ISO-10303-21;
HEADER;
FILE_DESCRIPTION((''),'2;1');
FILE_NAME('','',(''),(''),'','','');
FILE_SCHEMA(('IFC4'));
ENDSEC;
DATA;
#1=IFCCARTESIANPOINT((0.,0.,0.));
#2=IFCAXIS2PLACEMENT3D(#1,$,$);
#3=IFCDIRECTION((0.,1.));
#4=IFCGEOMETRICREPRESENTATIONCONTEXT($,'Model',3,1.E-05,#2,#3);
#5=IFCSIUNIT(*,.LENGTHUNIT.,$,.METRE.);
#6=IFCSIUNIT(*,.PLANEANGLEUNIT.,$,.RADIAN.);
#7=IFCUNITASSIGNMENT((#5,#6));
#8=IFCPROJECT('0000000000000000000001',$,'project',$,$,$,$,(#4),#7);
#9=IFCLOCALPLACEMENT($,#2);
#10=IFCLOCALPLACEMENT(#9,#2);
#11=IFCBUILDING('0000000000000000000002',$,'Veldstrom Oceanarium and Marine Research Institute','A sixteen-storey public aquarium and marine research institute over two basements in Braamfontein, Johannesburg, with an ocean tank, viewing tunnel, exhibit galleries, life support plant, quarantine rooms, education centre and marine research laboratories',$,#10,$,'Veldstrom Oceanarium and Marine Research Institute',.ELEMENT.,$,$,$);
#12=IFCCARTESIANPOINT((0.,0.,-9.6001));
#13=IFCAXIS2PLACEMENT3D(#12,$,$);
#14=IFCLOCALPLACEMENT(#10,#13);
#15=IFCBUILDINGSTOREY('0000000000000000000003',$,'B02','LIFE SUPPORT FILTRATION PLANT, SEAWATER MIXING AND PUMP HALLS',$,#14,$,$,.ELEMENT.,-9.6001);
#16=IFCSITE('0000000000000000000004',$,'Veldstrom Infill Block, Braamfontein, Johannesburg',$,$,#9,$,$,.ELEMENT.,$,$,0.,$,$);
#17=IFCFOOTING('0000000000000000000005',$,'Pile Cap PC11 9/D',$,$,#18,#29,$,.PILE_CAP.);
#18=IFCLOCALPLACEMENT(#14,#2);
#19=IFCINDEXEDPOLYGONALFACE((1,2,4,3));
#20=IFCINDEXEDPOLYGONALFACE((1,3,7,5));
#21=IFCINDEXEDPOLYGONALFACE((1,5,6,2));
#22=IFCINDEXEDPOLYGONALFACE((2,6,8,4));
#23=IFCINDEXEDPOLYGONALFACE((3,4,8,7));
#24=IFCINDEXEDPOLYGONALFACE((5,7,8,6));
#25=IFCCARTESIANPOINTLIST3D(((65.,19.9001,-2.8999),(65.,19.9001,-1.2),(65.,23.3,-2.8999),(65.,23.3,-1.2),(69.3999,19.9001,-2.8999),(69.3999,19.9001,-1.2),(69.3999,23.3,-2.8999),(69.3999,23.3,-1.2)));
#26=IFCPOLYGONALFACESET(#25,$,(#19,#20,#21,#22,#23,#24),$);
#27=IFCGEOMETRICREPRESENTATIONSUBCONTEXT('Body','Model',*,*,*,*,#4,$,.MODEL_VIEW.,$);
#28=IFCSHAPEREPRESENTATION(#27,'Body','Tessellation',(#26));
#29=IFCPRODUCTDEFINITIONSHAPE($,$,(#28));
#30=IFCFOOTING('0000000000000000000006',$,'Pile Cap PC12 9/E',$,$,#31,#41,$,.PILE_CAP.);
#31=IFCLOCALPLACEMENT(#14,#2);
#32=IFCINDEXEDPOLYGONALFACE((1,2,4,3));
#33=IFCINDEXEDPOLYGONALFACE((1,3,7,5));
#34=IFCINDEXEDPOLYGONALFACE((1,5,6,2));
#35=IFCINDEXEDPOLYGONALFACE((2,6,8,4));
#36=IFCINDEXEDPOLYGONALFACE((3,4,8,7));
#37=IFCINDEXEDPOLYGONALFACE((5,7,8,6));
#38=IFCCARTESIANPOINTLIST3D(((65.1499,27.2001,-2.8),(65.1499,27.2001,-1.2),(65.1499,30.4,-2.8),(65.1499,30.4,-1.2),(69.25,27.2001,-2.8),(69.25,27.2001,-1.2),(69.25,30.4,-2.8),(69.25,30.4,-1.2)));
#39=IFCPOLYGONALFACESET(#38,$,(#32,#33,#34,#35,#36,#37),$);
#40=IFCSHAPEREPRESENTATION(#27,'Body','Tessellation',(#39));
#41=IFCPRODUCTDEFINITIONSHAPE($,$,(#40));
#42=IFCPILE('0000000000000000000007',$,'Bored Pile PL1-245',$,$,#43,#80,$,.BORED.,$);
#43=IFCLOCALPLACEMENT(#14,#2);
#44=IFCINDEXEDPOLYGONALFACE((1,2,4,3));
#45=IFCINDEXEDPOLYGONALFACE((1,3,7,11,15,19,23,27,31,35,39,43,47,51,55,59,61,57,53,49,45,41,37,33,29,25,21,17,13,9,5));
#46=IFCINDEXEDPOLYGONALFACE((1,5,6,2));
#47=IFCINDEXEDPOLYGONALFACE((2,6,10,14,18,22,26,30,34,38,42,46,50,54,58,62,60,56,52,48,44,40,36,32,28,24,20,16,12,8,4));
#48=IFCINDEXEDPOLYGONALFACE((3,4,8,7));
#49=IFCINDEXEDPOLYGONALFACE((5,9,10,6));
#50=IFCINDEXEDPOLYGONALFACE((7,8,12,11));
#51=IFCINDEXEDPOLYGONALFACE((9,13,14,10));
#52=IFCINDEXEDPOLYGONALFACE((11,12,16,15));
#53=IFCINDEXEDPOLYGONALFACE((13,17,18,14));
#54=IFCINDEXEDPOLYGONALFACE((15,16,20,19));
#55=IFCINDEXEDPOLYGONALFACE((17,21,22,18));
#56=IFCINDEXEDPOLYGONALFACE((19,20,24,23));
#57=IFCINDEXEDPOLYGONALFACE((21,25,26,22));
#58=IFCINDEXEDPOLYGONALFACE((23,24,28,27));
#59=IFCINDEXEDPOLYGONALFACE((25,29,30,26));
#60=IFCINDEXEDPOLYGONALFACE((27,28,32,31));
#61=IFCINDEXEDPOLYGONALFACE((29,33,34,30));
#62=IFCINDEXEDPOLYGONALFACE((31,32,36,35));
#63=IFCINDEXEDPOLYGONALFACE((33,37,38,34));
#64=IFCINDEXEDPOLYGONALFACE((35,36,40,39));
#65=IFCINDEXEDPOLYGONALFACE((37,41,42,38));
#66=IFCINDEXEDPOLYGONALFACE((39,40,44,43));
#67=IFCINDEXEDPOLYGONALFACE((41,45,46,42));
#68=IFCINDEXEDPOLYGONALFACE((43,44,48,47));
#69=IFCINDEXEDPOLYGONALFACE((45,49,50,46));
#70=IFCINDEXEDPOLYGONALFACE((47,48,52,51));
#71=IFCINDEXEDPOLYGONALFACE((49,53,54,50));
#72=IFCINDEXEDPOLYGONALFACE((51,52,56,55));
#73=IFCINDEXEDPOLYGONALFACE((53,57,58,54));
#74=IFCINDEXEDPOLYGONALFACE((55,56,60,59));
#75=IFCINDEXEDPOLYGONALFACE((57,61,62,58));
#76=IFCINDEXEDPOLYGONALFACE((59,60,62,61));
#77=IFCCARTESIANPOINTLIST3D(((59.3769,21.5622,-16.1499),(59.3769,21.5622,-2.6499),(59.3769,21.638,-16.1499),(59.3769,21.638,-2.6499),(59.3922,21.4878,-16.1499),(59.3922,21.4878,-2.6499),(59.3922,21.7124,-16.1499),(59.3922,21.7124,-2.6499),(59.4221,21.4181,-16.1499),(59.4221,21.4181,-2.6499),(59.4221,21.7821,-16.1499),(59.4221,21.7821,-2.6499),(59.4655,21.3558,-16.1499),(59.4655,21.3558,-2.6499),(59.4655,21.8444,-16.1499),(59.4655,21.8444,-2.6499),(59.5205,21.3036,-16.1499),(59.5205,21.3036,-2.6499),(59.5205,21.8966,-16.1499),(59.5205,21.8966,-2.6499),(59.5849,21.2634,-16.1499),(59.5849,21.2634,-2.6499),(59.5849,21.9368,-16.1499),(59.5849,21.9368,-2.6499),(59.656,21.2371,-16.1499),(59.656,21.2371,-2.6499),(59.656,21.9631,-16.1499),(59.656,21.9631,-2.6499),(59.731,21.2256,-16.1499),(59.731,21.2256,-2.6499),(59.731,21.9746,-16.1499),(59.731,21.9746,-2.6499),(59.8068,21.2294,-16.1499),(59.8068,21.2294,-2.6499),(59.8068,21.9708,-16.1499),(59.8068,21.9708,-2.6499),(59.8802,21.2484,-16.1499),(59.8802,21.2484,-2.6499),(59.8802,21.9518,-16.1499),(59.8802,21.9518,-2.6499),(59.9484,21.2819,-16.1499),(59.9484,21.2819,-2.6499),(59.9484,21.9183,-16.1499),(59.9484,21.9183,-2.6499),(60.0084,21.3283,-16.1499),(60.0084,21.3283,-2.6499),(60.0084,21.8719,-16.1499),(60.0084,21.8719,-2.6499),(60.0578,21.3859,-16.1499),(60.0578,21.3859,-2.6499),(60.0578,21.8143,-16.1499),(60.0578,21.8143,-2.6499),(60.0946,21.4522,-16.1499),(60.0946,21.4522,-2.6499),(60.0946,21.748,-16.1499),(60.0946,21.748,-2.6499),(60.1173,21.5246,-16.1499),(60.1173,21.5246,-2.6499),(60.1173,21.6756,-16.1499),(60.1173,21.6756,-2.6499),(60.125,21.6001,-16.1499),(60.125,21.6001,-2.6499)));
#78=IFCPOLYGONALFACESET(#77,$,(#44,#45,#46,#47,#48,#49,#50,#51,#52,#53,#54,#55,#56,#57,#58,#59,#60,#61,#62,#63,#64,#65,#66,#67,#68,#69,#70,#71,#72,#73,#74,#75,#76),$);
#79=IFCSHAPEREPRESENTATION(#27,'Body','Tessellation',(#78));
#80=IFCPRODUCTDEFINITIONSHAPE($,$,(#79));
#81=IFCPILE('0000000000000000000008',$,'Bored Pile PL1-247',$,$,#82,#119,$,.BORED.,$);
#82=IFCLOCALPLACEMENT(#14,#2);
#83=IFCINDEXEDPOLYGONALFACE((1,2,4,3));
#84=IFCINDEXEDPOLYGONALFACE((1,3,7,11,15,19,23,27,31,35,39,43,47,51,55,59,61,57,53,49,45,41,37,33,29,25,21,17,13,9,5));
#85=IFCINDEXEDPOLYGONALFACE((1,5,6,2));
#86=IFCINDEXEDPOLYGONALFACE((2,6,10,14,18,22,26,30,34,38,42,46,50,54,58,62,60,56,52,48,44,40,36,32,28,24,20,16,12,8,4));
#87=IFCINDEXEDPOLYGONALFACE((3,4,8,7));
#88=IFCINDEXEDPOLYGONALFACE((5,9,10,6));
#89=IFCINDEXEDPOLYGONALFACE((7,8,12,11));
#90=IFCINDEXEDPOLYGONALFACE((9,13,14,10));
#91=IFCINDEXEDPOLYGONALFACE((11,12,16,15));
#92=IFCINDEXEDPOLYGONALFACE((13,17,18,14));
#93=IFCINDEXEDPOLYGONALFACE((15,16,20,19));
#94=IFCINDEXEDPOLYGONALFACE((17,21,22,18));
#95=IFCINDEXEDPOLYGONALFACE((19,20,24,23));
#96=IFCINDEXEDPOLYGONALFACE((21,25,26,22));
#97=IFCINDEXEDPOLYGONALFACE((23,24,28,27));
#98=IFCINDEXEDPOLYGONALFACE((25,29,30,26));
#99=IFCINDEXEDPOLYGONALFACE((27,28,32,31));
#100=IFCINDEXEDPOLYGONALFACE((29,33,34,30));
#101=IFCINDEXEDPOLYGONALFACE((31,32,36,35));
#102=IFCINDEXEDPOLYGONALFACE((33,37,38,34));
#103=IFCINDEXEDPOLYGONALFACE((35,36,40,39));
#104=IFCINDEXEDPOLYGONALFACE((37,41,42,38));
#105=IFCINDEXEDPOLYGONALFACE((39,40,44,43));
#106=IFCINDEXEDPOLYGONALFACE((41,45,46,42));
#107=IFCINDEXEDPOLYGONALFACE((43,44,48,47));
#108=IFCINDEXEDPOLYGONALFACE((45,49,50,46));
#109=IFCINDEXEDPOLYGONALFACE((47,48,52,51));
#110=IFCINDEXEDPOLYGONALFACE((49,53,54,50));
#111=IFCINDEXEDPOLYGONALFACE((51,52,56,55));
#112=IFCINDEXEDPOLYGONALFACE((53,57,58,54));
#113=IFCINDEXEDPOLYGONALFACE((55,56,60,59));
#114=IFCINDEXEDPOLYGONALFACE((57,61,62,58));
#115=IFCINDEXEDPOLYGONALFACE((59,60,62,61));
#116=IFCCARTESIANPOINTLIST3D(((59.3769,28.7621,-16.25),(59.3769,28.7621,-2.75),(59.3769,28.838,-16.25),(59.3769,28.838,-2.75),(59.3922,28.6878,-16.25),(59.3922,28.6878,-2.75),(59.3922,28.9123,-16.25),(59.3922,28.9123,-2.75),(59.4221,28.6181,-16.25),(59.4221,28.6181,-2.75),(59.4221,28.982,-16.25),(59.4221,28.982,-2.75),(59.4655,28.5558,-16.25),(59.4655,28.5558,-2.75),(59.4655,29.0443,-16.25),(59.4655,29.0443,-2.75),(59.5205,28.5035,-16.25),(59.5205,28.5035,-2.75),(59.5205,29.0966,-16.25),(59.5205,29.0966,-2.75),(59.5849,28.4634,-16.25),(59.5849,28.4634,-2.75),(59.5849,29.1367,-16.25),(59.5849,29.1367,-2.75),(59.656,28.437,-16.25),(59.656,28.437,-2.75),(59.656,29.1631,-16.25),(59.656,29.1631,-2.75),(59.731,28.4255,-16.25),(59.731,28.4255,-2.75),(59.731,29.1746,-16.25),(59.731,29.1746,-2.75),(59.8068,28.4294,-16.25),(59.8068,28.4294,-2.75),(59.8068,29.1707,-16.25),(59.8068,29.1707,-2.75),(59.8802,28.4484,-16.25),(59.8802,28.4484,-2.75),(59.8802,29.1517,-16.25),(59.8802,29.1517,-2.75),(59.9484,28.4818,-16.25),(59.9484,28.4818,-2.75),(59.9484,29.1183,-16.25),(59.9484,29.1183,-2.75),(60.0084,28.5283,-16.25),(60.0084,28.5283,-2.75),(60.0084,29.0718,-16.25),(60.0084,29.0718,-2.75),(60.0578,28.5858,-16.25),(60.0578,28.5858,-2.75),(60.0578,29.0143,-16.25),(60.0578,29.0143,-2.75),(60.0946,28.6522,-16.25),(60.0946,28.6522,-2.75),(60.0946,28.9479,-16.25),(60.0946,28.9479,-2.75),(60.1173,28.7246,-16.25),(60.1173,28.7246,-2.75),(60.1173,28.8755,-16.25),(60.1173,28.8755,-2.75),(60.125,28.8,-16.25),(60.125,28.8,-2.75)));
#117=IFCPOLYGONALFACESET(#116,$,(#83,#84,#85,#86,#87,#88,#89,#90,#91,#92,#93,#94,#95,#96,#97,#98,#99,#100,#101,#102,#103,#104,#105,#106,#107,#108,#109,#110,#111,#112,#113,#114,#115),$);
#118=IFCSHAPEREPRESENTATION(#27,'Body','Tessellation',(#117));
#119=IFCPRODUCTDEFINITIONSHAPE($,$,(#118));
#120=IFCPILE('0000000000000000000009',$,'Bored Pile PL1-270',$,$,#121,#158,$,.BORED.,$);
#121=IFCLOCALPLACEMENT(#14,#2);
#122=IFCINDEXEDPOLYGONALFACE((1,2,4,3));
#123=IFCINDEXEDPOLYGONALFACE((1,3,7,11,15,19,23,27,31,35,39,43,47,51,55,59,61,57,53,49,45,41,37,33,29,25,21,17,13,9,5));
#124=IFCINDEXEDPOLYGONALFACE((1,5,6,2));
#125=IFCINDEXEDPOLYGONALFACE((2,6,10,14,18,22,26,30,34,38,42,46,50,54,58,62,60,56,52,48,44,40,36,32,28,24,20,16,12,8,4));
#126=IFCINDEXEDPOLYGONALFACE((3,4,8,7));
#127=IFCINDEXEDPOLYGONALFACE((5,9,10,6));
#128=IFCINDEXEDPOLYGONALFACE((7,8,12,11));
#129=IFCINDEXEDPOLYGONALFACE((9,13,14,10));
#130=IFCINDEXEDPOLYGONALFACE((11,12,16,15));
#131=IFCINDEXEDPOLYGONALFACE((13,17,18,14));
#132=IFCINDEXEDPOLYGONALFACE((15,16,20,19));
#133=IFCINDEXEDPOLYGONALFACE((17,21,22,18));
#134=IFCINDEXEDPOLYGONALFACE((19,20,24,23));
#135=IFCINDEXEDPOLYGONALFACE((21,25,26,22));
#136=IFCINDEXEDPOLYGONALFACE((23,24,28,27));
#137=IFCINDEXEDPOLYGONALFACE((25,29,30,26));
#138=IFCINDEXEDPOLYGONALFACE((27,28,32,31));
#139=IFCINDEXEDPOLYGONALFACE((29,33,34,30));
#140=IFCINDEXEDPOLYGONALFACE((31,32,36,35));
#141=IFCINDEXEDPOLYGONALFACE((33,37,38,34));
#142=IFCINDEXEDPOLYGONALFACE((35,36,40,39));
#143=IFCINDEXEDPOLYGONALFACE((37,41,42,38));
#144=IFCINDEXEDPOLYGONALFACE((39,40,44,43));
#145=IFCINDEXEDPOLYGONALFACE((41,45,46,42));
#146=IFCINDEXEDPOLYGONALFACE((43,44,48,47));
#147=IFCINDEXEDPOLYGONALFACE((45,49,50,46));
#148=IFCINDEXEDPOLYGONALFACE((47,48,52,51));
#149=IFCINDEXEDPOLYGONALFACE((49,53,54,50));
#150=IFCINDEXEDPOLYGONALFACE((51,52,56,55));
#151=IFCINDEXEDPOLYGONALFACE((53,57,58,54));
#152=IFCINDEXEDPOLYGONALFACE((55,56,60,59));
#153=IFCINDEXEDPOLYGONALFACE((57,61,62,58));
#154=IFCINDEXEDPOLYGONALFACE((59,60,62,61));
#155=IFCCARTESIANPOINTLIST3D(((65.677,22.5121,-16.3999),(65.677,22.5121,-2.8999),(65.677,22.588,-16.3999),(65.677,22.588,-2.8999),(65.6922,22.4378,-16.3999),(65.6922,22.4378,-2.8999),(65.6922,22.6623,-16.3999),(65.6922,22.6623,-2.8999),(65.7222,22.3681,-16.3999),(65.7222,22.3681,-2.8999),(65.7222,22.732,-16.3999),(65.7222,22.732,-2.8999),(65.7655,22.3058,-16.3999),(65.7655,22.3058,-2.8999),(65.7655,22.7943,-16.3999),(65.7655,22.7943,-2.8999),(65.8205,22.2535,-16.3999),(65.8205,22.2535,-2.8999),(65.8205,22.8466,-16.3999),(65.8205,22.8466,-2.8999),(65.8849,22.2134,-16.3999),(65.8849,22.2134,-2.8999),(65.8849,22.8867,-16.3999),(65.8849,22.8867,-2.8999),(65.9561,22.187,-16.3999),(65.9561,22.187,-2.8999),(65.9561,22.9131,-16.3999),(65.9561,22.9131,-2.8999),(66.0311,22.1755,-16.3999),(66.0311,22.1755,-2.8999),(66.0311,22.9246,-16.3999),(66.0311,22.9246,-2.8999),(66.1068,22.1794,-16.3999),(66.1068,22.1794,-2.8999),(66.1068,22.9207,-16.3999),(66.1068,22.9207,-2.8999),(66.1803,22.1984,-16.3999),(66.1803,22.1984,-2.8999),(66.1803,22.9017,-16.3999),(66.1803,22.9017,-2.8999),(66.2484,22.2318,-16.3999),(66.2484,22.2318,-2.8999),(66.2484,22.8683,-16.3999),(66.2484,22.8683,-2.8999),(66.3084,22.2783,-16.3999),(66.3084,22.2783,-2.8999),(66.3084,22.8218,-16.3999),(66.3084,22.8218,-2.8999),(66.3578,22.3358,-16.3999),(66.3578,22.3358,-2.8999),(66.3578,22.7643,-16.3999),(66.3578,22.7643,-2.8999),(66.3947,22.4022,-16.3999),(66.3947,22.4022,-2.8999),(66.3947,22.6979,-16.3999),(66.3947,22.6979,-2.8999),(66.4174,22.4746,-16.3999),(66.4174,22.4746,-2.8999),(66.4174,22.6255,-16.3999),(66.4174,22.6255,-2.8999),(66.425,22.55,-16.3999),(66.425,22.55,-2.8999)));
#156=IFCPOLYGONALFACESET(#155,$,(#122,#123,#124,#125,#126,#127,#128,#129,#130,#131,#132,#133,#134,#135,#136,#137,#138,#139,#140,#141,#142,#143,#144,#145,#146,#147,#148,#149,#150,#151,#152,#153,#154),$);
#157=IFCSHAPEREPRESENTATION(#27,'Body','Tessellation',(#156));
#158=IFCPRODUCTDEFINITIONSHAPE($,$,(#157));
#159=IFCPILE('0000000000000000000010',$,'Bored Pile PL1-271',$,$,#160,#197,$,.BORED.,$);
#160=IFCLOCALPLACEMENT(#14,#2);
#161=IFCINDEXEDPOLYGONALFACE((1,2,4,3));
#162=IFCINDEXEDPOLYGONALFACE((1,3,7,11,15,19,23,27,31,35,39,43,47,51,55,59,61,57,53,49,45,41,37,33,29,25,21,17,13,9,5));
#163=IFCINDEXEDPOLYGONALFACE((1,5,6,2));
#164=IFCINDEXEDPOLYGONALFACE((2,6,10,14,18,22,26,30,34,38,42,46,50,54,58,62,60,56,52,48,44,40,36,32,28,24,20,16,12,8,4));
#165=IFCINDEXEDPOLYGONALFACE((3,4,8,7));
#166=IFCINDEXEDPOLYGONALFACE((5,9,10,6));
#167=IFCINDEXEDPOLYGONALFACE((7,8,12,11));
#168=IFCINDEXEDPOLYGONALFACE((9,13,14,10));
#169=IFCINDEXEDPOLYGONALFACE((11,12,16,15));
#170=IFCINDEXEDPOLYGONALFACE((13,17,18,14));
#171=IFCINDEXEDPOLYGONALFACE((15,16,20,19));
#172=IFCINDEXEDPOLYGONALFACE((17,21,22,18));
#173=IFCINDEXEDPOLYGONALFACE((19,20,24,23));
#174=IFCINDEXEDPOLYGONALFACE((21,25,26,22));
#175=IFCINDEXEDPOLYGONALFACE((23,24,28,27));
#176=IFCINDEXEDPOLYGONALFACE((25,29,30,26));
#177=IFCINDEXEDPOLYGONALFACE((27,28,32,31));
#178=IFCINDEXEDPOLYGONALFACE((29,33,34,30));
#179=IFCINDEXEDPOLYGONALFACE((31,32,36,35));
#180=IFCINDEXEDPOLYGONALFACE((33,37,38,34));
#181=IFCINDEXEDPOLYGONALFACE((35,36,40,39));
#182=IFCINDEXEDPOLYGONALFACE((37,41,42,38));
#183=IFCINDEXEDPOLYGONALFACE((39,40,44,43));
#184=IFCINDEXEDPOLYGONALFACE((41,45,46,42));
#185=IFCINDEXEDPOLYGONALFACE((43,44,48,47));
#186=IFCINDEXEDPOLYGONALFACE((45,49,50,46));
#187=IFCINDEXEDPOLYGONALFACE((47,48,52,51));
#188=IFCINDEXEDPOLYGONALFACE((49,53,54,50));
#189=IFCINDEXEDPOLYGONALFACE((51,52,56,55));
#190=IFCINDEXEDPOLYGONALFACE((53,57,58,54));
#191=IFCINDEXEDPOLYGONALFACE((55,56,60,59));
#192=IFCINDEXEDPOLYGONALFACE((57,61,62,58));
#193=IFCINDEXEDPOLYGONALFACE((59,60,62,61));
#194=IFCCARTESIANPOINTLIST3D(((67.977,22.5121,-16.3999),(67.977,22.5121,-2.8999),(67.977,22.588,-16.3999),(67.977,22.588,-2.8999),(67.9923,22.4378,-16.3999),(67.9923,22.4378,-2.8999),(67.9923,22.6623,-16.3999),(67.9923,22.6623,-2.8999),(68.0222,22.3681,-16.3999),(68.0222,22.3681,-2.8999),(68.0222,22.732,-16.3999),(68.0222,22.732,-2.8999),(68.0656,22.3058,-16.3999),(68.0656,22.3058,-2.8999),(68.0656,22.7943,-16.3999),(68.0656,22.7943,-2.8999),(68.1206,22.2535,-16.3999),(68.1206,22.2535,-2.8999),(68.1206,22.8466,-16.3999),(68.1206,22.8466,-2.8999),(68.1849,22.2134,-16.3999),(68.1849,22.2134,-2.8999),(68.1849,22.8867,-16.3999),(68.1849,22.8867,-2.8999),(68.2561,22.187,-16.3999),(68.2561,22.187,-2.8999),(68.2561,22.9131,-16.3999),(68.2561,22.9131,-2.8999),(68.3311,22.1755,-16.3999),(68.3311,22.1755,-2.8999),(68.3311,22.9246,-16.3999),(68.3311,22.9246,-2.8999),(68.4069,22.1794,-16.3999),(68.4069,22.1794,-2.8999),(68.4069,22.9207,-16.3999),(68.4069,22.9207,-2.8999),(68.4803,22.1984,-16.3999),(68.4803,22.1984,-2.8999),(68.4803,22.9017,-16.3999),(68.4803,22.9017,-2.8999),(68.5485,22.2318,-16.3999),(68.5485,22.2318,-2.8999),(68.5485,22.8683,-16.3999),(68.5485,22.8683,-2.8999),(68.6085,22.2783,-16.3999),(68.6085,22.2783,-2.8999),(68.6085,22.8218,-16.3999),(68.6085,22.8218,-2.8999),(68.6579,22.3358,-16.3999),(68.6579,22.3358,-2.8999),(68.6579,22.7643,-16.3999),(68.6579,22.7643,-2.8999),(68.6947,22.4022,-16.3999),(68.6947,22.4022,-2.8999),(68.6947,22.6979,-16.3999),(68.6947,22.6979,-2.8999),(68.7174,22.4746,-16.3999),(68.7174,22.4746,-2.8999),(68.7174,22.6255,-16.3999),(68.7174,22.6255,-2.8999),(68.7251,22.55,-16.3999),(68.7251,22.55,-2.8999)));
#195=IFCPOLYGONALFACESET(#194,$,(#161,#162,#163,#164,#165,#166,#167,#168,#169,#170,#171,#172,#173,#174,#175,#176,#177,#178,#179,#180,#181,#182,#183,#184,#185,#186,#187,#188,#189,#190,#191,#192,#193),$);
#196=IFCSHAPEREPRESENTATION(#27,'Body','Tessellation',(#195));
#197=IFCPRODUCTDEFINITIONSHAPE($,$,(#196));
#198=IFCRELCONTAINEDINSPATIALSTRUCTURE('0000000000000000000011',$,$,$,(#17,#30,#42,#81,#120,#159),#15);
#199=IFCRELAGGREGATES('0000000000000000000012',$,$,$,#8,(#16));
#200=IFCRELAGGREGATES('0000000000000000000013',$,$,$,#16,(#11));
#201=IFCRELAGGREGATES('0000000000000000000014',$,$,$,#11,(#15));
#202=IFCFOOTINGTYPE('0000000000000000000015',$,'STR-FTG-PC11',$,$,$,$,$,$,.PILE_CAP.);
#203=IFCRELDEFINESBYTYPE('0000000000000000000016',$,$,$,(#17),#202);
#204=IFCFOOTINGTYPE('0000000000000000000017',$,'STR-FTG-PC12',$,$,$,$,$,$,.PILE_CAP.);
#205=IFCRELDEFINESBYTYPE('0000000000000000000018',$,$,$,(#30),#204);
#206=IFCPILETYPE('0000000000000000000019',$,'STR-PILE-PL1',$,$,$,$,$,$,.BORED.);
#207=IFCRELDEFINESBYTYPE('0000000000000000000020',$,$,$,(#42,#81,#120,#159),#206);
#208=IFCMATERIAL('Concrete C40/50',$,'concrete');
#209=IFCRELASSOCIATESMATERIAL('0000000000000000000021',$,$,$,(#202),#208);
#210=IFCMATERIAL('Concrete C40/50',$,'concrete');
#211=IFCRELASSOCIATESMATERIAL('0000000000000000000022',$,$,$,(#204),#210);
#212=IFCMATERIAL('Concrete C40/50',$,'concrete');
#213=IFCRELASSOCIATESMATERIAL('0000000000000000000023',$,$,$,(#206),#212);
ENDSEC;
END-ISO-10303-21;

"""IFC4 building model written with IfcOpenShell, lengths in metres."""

from ifc_helpers import new_model, si_unit, direction, frame, origin, origin_2d, place, context, subcontext, project, spatial, rectangle, circle, extrude, material, material_profile, profile_set, type_object, element, save


model = new_model("IFC4")

# Units and contexts
model_context = context("Model", 3, precision=1e-05, world=origin(), true_north=direction((0.0, 1.0)))
body_context = subcontext(model_context, "Body", "Model", "MODEL_VIEW")
ifc_project = project(units=[si_unit("LENGTHUNIT", "METRE"), si_unit("PLANEANGLEUNIT", "RADIAN")], contexts=[model_context])

# Site, building, storey
site_placement = place(None, origin())
site = spatial("IfcSite", under=ifc_project, at=site_placement, Name="Veldstrom Infill Block, Braamfontein, Johannesburg", CompositionType="ELEMENT", RefElevation=0.0)
building_placement = place(site_placement, origin())
building = spatial("IfcBuilding", under=site, at=building_placement, Name="Veldstrom Oceanarium and Marine Research Institute", Description="A sixteen-storey public aquarium and marine research institute over two basements in Braamfontein, Johannesburg, with an ocean tank, viewing tunnel, exhibit galleries, life support plant, quarantine rooms, education centre and marine research laboratories", LongName="Veldstrom Oceanarium and Marine Research Institute", CompositionType="ELEMENT")
storey_placement = place(building_placement, frame((0.0, 0.0, -9.6001)))
storey = spatial("IfcBuildingStorey", under=building, at=storey_placement, Name="B02", Description="LIFE SUPPORT FILTRATION PLANT, SEAWATER MIXING AND PUMP HALLS", CompositionType="ELEMENT", Elevation=-9.6001)

# Footings
ifc_material_1 = material(Name="Concrete C40/50", Category="concrete")
footing_type_1 = type_object("IfcFootingType", Name="STR-FTG-PC11", PredefinedType="PILE_CAP", material=ifc_material_1)
footing_1_placement = place(storey_placement, frame((67.2, 21.6001, -2.8999), z_axis=(0.0, 0.0, 1.0), x_axis=(1.0, 0.0, 0.0)))
element("IfcFooting", 1, at=footing_1_placement, inside=storey, type_object=footing_type_1, Name="Pile Cap PC11 9/D", PredefinedType="PILE_CAP", context=body_context, shape_type="SweptSolid", body=[
    extrude(rectangle(XDim=4.3999, YDim=3.3999, at=origin_2d()), origin(), (0.0, 0.0, 1.0), 1.7),
])
ifc_material_2 = material(Name="Concrete C40/50", Category="concrete")
footing_type_2 = type_object("IfcFootingType", Name="STR-FTG-PC12", PredefinedType="PILE_CAP", material=ifc_material_2)
footing_2_placement = place(storey_placement, frame((67.2, 28.8, -2.8), z_axis=(0.0, 0.0, 1.0), x_axis=(1.0, 0.0, 0.0)))
element("IfcFooting", 2, at=footing_2_placement, inside=storey, type_object=footing_type_2, Name="Pile Cap PC12 9/E", PredefinedType="PILE_CAP", context=body_context, shape_type="SweptSolid", body=[
    extrude(rectangle(XDim=4.1001, YDim=3.2, at=origin_2d()), origin(), (0.0, 0.0, 1.0), 1.6001),
])

# Piles
ifc_material_3 = material(Name="Concrete C40/50", Category="concrete")
ifc_material_profile_1 = material_profile(ifc_material_3, circle(Radius=0.375, at=origin_2d()), Name="PILE-D750")
ifc_profile_set_1 = profile_set([ifc_material_profile_1], Name="Concrete C40/50")
pile_type = type_object("IfcPileType", Name="STR-PILE-PL1", PredefinedType="BORED", material=ifc_profile_set_1)
for number, where, z_axis, x_axis, name in (
    (3, (59.75, 21.6001, -2.6499), (0.0, 0.0, -1.0), (1.0, 0.0, 0.0), "Bored Pile PL1-245"),
    (4, (59.75, 28.8, -2.75), (0.0, 0.0, -1.0), (1.0, 0.0, 0.0), "Bored Pile PL1-247"),
    (5, (66.05, 22.55, -2.8999), (0.0, 0.0, -1.0), (1.0, 0.0, 0.0), "Bored Pile PL1-270"),
    (6, (68.3501, 22.55, -2.8999), (0.0, 0.0, -1.0), (1.0, 0.0, 0.0), "Bored Pile PL1-271"),
):
    element("IfcPile", number, at=place(storey_placement, frame(where, z_axis=z_axis, x_axis=x_axis)), inside=storey, type_object=pile_type, Name=name, PredefinedType="BORED", context=body_context, shape_type="SweptSolid", body=[
        extrude(circle(Radius=0.375, at=origin_2d()), origin(), (0.0, 0.0, 1.0), 13.5),
    ])

save(model, "model.ifc")
